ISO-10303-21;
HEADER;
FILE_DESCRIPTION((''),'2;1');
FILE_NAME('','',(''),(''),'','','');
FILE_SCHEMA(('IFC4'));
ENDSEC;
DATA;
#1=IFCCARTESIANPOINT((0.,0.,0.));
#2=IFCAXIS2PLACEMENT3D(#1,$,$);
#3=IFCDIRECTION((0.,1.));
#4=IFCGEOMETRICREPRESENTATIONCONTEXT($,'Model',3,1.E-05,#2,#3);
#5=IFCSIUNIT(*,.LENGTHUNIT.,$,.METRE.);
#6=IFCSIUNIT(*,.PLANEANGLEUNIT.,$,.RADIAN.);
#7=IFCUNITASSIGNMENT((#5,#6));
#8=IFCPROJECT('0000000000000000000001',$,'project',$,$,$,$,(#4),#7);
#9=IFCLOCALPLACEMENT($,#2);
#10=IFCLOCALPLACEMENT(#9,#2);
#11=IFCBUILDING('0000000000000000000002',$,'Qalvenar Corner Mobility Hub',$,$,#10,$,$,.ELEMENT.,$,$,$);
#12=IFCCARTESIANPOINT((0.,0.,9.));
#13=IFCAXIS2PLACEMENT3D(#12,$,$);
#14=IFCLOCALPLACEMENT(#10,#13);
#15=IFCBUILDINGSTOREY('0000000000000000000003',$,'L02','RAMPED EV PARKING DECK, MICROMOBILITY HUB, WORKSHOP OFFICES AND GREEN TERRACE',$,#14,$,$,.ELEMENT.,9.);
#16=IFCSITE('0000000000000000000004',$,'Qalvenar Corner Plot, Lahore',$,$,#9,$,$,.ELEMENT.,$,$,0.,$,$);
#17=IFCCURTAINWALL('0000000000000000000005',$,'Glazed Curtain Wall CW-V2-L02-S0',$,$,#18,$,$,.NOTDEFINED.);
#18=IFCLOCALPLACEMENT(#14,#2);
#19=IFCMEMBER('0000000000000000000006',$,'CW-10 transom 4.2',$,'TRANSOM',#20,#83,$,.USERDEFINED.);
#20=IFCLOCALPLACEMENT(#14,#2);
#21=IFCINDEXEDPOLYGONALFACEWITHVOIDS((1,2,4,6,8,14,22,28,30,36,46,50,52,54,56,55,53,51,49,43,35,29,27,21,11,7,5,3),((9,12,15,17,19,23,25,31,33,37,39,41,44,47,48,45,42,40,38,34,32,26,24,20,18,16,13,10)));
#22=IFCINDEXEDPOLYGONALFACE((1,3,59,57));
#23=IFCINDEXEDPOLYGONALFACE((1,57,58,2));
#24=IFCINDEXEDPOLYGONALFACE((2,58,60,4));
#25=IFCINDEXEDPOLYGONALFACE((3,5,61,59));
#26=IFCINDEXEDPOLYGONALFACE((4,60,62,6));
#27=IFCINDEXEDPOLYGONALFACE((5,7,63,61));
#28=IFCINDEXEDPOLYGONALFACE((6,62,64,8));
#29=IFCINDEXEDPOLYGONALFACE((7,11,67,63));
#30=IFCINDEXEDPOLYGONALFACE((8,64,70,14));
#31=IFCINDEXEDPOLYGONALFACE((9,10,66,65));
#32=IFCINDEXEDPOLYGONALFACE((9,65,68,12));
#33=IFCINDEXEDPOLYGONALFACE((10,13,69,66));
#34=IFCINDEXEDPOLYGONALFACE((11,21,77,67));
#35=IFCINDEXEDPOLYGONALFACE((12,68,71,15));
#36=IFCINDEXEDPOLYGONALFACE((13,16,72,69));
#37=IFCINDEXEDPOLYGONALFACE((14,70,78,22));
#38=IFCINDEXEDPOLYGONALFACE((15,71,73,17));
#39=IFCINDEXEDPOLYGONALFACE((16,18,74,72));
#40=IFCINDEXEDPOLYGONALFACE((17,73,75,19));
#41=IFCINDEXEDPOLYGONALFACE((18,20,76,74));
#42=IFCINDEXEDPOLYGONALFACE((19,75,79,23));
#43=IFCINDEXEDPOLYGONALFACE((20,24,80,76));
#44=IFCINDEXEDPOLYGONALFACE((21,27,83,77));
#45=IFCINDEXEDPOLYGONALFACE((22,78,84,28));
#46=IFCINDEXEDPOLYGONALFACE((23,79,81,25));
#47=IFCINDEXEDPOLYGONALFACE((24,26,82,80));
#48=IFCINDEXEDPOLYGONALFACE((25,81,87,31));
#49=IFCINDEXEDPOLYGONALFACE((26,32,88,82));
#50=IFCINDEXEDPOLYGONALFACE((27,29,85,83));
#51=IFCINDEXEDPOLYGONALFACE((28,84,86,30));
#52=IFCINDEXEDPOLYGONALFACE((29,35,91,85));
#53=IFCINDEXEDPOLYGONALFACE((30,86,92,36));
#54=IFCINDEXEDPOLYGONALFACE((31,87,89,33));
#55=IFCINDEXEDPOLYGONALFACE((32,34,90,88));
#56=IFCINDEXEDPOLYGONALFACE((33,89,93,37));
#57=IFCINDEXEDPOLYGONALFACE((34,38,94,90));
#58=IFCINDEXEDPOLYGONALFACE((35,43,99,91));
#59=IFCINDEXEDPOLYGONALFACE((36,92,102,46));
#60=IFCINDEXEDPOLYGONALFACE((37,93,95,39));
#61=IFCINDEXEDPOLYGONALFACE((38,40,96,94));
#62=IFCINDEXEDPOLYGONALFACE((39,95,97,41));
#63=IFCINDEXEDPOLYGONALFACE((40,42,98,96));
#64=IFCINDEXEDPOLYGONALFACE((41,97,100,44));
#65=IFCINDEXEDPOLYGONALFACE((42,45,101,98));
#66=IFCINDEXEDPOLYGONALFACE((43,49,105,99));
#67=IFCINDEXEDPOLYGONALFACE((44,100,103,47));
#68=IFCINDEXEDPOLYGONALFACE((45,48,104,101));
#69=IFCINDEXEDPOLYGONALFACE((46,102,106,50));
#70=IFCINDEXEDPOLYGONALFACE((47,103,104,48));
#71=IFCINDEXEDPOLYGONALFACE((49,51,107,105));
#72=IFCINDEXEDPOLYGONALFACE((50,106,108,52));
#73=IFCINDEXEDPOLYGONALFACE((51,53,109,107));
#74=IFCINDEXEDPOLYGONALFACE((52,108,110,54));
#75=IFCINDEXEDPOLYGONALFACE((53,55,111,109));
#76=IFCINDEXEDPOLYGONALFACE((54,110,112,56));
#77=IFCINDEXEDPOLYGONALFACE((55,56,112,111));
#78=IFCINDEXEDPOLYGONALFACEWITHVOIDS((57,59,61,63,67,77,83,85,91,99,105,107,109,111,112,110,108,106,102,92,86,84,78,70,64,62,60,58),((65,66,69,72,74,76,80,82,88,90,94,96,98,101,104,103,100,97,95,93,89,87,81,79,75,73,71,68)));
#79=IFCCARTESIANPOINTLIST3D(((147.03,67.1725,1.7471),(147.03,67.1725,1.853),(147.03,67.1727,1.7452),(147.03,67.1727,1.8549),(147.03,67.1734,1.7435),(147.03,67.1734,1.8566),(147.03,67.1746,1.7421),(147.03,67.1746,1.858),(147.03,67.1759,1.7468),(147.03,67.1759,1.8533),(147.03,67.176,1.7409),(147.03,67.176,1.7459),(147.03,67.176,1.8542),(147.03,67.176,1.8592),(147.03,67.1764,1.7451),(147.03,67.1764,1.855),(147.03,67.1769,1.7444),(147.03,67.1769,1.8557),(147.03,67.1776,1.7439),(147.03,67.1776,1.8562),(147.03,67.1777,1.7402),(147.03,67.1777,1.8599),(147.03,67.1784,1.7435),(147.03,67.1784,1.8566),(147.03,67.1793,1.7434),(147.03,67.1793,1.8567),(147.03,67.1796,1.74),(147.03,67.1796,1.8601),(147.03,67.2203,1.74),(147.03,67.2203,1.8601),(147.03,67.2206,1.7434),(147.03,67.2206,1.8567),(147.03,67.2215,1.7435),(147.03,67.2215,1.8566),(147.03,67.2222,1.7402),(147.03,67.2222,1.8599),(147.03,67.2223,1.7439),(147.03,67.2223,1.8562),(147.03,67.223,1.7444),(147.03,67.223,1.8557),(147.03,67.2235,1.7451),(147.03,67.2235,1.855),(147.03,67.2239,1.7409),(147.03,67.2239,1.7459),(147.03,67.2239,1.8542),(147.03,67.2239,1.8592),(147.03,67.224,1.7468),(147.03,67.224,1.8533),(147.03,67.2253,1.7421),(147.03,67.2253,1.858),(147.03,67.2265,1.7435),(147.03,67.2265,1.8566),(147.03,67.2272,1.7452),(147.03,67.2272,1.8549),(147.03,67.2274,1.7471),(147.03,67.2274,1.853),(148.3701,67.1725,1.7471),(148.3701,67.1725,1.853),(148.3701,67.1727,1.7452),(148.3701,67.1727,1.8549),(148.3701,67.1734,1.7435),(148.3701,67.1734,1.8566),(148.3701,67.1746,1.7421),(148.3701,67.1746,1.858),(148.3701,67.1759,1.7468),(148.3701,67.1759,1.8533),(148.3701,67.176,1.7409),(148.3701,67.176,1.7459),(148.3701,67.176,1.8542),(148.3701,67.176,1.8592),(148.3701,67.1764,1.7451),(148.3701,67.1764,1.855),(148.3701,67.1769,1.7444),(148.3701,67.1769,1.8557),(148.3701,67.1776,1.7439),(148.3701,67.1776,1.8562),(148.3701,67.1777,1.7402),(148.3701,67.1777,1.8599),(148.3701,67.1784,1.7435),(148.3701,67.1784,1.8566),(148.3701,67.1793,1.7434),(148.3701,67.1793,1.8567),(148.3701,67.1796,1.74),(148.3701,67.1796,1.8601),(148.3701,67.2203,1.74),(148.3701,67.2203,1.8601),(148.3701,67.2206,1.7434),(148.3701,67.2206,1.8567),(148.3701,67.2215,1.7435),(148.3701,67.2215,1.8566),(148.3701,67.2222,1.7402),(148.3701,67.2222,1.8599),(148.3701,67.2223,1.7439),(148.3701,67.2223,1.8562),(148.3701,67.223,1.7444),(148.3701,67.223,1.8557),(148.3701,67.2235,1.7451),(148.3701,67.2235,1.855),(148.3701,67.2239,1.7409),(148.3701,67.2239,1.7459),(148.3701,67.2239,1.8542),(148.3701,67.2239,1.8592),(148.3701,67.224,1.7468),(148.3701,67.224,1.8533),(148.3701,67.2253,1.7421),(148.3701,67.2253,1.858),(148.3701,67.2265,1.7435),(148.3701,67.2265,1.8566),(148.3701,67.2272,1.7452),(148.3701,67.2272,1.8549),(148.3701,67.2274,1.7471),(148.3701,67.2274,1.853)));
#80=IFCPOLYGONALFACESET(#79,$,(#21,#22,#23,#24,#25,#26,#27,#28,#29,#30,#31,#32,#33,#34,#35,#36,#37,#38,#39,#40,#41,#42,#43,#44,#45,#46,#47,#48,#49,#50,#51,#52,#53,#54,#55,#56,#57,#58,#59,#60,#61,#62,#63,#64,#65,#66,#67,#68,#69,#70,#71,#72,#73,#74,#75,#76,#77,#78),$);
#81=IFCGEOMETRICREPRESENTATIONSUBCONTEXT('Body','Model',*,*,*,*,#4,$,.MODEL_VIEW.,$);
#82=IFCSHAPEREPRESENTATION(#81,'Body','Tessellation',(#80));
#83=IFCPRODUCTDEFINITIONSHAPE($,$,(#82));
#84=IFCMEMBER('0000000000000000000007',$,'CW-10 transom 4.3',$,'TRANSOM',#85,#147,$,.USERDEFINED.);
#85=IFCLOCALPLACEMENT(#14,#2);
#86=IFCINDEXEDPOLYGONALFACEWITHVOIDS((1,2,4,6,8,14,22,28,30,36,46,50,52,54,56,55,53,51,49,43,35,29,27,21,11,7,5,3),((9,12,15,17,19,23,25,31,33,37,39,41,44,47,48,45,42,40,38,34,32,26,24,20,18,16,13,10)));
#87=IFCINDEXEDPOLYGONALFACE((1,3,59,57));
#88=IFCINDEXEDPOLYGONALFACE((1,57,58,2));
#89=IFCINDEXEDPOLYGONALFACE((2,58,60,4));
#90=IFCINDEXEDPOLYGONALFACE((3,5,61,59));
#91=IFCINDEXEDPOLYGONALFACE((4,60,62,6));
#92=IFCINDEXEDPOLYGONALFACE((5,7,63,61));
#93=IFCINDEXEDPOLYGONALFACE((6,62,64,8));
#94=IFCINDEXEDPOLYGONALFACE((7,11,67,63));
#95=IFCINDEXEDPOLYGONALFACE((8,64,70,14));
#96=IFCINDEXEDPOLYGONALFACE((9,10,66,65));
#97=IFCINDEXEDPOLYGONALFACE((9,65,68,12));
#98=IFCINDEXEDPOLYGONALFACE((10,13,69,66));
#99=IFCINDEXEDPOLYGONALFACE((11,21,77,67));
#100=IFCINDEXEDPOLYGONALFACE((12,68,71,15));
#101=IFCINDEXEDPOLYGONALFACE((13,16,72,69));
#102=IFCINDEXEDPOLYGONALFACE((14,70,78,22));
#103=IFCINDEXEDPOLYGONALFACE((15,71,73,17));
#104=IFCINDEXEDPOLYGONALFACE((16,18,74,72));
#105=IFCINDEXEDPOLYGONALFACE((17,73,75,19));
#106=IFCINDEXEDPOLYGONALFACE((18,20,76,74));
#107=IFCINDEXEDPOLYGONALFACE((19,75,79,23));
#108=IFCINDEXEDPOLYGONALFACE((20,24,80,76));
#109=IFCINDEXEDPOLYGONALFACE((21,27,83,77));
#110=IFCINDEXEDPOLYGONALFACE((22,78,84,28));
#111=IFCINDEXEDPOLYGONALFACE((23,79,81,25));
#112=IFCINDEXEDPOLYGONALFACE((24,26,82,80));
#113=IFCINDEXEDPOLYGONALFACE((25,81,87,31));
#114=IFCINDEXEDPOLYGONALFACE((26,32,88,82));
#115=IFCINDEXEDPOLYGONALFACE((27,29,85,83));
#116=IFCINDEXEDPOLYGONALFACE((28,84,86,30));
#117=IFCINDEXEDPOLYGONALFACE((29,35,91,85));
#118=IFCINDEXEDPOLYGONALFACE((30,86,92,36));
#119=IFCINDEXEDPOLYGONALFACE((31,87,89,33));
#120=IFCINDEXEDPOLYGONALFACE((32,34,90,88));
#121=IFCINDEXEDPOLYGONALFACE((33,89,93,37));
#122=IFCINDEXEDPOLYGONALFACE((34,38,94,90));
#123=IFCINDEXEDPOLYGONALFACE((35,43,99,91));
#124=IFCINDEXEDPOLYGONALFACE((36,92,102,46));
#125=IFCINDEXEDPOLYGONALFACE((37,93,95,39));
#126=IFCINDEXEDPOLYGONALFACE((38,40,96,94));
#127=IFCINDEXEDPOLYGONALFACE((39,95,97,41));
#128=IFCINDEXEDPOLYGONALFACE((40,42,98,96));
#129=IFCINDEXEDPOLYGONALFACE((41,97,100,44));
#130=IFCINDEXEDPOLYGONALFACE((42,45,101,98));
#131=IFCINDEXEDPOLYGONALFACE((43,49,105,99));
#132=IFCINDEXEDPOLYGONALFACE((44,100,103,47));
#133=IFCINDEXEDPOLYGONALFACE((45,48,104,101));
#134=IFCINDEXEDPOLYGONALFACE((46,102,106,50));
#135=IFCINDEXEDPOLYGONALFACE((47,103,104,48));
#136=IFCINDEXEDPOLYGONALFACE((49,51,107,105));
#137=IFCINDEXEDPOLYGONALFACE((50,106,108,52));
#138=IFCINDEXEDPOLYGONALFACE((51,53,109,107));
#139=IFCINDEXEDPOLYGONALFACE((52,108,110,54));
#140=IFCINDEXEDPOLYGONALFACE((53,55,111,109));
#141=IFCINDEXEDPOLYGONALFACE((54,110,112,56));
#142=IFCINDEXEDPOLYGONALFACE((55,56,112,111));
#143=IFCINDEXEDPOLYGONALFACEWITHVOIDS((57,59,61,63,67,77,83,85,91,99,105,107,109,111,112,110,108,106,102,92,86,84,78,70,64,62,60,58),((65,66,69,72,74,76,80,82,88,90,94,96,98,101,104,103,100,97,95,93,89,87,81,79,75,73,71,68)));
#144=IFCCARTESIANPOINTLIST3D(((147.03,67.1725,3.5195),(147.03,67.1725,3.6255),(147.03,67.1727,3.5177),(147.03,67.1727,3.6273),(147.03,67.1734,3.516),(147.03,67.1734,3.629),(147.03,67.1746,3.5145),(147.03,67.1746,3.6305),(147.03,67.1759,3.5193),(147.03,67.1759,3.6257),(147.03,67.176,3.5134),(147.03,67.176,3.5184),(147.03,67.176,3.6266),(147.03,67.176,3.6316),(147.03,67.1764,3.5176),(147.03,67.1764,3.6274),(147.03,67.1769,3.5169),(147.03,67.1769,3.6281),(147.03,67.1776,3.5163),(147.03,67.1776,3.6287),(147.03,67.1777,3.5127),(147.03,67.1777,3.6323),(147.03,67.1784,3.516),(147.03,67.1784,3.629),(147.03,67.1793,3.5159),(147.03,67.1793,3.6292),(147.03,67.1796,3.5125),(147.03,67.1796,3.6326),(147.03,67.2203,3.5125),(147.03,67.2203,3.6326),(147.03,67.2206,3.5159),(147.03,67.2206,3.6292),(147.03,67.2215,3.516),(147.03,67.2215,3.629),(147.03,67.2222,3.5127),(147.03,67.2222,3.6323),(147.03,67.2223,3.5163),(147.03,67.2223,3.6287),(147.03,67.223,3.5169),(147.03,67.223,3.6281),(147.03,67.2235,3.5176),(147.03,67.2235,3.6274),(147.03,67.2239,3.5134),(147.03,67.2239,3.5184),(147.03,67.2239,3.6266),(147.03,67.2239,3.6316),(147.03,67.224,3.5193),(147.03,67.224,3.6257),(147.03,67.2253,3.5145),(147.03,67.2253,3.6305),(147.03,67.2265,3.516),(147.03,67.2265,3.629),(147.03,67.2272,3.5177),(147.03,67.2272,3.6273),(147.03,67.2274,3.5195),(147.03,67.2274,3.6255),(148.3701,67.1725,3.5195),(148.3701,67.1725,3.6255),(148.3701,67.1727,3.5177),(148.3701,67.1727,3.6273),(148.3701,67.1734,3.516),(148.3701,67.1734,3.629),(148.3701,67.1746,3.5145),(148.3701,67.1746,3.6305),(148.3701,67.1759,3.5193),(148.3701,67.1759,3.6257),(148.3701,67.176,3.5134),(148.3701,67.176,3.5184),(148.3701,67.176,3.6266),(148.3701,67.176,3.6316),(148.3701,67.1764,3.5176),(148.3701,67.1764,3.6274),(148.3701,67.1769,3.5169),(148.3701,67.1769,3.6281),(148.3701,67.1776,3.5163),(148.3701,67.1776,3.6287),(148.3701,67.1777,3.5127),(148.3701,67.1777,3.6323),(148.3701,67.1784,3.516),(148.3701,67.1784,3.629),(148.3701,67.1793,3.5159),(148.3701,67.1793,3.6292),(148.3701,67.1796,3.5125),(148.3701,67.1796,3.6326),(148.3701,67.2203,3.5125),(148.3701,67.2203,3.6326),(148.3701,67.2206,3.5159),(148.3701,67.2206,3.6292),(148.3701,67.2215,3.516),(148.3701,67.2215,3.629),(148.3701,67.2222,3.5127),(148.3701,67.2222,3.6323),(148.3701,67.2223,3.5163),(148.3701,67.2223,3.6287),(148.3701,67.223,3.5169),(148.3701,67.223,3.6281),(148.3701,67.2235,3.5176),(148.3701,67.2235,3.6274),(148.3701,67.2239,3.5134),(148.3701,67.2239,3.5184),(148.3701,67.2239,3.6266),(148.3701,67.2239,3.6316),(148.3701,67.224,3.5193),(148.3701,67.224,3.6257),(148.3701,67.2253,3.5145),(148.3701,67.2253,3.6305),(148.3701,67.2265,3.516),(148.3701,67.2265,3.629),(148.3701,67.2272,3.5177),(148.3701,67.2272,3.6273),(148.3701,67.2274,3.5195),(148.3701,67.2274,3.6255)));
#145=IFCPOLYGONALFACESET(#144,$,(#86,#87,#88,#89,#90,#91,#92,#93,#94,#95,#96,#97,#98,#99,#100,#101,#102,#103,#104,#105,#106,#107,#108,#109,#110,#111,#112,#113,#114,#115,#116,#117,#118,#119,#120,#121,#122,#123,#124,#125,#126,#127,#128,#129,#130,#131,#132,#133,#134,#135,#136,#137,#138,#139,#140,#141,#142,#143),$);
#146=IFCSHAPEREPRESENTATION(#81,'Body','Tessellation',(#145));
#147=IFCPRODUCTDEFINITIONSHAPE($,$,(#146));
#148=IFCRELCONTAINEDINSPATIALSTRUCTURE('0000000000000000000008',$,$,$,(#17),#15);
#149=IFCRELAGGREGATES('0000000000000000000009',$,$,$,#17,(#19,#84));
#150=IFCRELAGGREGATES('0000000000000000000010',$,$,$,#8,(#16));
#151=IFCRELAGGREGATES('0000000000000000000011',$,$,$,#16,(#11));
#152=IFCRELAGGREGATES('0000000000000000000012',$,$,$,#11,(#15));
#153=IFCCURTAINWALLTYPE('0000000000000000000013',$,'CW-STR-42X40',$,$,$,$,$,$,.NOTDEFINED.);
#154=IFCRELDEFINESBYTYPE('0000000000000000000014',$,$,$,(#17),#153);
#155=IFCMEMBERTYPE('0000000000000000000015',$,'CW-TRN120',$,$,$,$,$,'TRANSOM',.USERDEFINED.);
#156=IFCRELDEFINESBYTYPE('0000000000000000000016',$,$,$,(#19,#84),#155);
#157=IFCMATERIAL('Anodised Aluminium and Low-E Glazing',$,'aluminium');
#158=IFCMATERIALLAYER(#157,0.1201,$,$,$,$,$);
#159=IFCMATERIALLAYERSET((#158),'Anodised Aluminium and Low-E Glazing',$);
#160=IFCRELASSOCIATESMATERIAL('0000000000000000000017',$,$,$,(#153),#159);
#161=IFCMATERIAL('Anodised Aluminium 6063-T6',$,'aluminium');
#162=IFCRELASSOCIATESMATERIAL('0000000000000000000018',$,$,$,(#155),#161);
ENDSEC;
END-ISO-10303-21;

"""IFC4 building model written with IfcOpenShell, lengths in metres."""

from ifc_helpers import new_model, si_unit, direction, frame, origin, origin_2d, place, context, subcontext, project, spatial, hollow_rectangle, extrude, material, layer, layer_set, material_profile, profile_set, type_object, element, aggregate, save


model = new_model("IFC4")

# Units and contexts
model_context = context("Model", 3, precision=1e-05, world=origin(), true_north=direction((0.0, 1.0)))
body_context = subcontext(model_context, "Body", "Model", "MODEL_VIEW")
ifc_project = project(units=[si_unit("LENGTHUNIT", "METRE"), si_unit("PLANEANGLEUNIT", "RADIAN")], contexts=[model_context])

# Site, building, storey
site_placement = place(None, origin())
site = spatial("IfcSite", under=ifc_project, at=site_placement, Name="Qalvenar Corner Plot, Lahore", CompositionType="ELEMENT", RefElevation=0.0)
building_placement = place(site_placement, origin())
building = spatial("IfcBuilding", under=site, at=building_placement, Name="Qalvenar Corner Mobility Hub", CompositionType="ELEMENT")
storey_placement = place(building_placement, frame((0.0, 0.0, 9.0)))
storey = spatial("IfcBuildingStorey", under=building, at=storey_placement, Name="L02", Description="RAMPED EV PARKING DECK, MICROMOBILITY HUB, WORKSHOP OFFICES AND GREEN TERRACE", CompositionType="ELEMENT", Elevation=9.0)

# Curtain wall
ifc_material_1 = material(Name="Anodised Aluminium and Low-E Glazing", Category="aluminium")
ifc_layer_1 = layer(ifc_material_1, 0.1201)
ifc_layer_set_1 = layer_set([ifc_layer_1], Name="Anodised Aluminium and Low-E Glazing")
curtain_wall_type = type_object("IfcCurtainWallType", Name="CW-STR-42X40", PredefinedType="NOTDEFINED", material=ifc_layer_set_1)
curtain_wall_1_placement = place(storey_placement, origin())
curtain_wall_1 = element("IfcCurtainWall", 1, at=curtain_wall_1_placement, inside=storey, type_object=curtain_wall_type, Name="Glazed Curtain Wall CW-V2-L02-S0", PredefinedType="NOTDEFINED")
ifc_material_2 = material(Name="Anodised Aluminium 6063-T6", Category="aluminium")

# Members
ifc_material_profile_1 = material_profile(ifc_material_2, hollow_rectangle(XDim=0.0549, YDim=0.1201, WallThickness=0.0034, InnerFilletRadius=0.0034, OuterFilletRadius=0.0071, at=origin_2d()), Name="RHS120x55x3.5")
ifc_profile_set_1 = profile_set([ifc_material_profile_1], Name="Anodised Aluminium 6063-T6")
member_type_1 = type_object("IfcMemberType", Name="CW-TRN120", ElementType="TRANSOM", PredefinedType="USERDEFINED", material=ifc_profile_set_1)
member_1_placement = place(storey_placement, frame((147.03, 67.2, 1.8), z_axis=(1.0, 0.0, 0.0), x_axis=(0.0, 1.0, 0.0)))
member_1 = element("IfcMember", 2, at=member_1_placement, type_object=member_type_1, Name="CW-10 transom 4.2", ObjectType="TRANSOM", PredefinedType="USERDEFINED", context=body_context, shape_type="SweptSolid", body=[
    extrude(hollow_rectangle(XDim=0.0549, YDim=0.1201, WallThickness=0.0034, InnerFilletRadius=0.0034, OuterFilletRadius=0.0071, at=origin_2d()), origin(), (0.0, 0.0, 1.0), 1.3401),
])
member_2_placement = place(storey_placement, frame((147.03, 67.2, 3.5725), z_axis=(1.0, 0.0, 0.0), x_axis=(0.0, 1.0, 0.0)))
member_2 = element("IfcMember", 3, at=member_2_placement, type_object=member_type_1, Name="CW-10 transom 4.3", ObjectType="TRANSOM", PredefinedType="USERDEFINED", context=body_context, shape_type="SweptSolid", body=[
    extrude(hollow_rectangle(XDim=0.0549, YDim=0.1201, WallThickness=0.0034, InnerFilletRadius=0.0034, OuterFilletRadius=0.0071, at=origin_2d()), origin(), (0.0, 0.0, 1.0), 1.3401),
])

aggregate(curtain_wall_1, [member_1, member_2])

save(model, "model.ifc")
